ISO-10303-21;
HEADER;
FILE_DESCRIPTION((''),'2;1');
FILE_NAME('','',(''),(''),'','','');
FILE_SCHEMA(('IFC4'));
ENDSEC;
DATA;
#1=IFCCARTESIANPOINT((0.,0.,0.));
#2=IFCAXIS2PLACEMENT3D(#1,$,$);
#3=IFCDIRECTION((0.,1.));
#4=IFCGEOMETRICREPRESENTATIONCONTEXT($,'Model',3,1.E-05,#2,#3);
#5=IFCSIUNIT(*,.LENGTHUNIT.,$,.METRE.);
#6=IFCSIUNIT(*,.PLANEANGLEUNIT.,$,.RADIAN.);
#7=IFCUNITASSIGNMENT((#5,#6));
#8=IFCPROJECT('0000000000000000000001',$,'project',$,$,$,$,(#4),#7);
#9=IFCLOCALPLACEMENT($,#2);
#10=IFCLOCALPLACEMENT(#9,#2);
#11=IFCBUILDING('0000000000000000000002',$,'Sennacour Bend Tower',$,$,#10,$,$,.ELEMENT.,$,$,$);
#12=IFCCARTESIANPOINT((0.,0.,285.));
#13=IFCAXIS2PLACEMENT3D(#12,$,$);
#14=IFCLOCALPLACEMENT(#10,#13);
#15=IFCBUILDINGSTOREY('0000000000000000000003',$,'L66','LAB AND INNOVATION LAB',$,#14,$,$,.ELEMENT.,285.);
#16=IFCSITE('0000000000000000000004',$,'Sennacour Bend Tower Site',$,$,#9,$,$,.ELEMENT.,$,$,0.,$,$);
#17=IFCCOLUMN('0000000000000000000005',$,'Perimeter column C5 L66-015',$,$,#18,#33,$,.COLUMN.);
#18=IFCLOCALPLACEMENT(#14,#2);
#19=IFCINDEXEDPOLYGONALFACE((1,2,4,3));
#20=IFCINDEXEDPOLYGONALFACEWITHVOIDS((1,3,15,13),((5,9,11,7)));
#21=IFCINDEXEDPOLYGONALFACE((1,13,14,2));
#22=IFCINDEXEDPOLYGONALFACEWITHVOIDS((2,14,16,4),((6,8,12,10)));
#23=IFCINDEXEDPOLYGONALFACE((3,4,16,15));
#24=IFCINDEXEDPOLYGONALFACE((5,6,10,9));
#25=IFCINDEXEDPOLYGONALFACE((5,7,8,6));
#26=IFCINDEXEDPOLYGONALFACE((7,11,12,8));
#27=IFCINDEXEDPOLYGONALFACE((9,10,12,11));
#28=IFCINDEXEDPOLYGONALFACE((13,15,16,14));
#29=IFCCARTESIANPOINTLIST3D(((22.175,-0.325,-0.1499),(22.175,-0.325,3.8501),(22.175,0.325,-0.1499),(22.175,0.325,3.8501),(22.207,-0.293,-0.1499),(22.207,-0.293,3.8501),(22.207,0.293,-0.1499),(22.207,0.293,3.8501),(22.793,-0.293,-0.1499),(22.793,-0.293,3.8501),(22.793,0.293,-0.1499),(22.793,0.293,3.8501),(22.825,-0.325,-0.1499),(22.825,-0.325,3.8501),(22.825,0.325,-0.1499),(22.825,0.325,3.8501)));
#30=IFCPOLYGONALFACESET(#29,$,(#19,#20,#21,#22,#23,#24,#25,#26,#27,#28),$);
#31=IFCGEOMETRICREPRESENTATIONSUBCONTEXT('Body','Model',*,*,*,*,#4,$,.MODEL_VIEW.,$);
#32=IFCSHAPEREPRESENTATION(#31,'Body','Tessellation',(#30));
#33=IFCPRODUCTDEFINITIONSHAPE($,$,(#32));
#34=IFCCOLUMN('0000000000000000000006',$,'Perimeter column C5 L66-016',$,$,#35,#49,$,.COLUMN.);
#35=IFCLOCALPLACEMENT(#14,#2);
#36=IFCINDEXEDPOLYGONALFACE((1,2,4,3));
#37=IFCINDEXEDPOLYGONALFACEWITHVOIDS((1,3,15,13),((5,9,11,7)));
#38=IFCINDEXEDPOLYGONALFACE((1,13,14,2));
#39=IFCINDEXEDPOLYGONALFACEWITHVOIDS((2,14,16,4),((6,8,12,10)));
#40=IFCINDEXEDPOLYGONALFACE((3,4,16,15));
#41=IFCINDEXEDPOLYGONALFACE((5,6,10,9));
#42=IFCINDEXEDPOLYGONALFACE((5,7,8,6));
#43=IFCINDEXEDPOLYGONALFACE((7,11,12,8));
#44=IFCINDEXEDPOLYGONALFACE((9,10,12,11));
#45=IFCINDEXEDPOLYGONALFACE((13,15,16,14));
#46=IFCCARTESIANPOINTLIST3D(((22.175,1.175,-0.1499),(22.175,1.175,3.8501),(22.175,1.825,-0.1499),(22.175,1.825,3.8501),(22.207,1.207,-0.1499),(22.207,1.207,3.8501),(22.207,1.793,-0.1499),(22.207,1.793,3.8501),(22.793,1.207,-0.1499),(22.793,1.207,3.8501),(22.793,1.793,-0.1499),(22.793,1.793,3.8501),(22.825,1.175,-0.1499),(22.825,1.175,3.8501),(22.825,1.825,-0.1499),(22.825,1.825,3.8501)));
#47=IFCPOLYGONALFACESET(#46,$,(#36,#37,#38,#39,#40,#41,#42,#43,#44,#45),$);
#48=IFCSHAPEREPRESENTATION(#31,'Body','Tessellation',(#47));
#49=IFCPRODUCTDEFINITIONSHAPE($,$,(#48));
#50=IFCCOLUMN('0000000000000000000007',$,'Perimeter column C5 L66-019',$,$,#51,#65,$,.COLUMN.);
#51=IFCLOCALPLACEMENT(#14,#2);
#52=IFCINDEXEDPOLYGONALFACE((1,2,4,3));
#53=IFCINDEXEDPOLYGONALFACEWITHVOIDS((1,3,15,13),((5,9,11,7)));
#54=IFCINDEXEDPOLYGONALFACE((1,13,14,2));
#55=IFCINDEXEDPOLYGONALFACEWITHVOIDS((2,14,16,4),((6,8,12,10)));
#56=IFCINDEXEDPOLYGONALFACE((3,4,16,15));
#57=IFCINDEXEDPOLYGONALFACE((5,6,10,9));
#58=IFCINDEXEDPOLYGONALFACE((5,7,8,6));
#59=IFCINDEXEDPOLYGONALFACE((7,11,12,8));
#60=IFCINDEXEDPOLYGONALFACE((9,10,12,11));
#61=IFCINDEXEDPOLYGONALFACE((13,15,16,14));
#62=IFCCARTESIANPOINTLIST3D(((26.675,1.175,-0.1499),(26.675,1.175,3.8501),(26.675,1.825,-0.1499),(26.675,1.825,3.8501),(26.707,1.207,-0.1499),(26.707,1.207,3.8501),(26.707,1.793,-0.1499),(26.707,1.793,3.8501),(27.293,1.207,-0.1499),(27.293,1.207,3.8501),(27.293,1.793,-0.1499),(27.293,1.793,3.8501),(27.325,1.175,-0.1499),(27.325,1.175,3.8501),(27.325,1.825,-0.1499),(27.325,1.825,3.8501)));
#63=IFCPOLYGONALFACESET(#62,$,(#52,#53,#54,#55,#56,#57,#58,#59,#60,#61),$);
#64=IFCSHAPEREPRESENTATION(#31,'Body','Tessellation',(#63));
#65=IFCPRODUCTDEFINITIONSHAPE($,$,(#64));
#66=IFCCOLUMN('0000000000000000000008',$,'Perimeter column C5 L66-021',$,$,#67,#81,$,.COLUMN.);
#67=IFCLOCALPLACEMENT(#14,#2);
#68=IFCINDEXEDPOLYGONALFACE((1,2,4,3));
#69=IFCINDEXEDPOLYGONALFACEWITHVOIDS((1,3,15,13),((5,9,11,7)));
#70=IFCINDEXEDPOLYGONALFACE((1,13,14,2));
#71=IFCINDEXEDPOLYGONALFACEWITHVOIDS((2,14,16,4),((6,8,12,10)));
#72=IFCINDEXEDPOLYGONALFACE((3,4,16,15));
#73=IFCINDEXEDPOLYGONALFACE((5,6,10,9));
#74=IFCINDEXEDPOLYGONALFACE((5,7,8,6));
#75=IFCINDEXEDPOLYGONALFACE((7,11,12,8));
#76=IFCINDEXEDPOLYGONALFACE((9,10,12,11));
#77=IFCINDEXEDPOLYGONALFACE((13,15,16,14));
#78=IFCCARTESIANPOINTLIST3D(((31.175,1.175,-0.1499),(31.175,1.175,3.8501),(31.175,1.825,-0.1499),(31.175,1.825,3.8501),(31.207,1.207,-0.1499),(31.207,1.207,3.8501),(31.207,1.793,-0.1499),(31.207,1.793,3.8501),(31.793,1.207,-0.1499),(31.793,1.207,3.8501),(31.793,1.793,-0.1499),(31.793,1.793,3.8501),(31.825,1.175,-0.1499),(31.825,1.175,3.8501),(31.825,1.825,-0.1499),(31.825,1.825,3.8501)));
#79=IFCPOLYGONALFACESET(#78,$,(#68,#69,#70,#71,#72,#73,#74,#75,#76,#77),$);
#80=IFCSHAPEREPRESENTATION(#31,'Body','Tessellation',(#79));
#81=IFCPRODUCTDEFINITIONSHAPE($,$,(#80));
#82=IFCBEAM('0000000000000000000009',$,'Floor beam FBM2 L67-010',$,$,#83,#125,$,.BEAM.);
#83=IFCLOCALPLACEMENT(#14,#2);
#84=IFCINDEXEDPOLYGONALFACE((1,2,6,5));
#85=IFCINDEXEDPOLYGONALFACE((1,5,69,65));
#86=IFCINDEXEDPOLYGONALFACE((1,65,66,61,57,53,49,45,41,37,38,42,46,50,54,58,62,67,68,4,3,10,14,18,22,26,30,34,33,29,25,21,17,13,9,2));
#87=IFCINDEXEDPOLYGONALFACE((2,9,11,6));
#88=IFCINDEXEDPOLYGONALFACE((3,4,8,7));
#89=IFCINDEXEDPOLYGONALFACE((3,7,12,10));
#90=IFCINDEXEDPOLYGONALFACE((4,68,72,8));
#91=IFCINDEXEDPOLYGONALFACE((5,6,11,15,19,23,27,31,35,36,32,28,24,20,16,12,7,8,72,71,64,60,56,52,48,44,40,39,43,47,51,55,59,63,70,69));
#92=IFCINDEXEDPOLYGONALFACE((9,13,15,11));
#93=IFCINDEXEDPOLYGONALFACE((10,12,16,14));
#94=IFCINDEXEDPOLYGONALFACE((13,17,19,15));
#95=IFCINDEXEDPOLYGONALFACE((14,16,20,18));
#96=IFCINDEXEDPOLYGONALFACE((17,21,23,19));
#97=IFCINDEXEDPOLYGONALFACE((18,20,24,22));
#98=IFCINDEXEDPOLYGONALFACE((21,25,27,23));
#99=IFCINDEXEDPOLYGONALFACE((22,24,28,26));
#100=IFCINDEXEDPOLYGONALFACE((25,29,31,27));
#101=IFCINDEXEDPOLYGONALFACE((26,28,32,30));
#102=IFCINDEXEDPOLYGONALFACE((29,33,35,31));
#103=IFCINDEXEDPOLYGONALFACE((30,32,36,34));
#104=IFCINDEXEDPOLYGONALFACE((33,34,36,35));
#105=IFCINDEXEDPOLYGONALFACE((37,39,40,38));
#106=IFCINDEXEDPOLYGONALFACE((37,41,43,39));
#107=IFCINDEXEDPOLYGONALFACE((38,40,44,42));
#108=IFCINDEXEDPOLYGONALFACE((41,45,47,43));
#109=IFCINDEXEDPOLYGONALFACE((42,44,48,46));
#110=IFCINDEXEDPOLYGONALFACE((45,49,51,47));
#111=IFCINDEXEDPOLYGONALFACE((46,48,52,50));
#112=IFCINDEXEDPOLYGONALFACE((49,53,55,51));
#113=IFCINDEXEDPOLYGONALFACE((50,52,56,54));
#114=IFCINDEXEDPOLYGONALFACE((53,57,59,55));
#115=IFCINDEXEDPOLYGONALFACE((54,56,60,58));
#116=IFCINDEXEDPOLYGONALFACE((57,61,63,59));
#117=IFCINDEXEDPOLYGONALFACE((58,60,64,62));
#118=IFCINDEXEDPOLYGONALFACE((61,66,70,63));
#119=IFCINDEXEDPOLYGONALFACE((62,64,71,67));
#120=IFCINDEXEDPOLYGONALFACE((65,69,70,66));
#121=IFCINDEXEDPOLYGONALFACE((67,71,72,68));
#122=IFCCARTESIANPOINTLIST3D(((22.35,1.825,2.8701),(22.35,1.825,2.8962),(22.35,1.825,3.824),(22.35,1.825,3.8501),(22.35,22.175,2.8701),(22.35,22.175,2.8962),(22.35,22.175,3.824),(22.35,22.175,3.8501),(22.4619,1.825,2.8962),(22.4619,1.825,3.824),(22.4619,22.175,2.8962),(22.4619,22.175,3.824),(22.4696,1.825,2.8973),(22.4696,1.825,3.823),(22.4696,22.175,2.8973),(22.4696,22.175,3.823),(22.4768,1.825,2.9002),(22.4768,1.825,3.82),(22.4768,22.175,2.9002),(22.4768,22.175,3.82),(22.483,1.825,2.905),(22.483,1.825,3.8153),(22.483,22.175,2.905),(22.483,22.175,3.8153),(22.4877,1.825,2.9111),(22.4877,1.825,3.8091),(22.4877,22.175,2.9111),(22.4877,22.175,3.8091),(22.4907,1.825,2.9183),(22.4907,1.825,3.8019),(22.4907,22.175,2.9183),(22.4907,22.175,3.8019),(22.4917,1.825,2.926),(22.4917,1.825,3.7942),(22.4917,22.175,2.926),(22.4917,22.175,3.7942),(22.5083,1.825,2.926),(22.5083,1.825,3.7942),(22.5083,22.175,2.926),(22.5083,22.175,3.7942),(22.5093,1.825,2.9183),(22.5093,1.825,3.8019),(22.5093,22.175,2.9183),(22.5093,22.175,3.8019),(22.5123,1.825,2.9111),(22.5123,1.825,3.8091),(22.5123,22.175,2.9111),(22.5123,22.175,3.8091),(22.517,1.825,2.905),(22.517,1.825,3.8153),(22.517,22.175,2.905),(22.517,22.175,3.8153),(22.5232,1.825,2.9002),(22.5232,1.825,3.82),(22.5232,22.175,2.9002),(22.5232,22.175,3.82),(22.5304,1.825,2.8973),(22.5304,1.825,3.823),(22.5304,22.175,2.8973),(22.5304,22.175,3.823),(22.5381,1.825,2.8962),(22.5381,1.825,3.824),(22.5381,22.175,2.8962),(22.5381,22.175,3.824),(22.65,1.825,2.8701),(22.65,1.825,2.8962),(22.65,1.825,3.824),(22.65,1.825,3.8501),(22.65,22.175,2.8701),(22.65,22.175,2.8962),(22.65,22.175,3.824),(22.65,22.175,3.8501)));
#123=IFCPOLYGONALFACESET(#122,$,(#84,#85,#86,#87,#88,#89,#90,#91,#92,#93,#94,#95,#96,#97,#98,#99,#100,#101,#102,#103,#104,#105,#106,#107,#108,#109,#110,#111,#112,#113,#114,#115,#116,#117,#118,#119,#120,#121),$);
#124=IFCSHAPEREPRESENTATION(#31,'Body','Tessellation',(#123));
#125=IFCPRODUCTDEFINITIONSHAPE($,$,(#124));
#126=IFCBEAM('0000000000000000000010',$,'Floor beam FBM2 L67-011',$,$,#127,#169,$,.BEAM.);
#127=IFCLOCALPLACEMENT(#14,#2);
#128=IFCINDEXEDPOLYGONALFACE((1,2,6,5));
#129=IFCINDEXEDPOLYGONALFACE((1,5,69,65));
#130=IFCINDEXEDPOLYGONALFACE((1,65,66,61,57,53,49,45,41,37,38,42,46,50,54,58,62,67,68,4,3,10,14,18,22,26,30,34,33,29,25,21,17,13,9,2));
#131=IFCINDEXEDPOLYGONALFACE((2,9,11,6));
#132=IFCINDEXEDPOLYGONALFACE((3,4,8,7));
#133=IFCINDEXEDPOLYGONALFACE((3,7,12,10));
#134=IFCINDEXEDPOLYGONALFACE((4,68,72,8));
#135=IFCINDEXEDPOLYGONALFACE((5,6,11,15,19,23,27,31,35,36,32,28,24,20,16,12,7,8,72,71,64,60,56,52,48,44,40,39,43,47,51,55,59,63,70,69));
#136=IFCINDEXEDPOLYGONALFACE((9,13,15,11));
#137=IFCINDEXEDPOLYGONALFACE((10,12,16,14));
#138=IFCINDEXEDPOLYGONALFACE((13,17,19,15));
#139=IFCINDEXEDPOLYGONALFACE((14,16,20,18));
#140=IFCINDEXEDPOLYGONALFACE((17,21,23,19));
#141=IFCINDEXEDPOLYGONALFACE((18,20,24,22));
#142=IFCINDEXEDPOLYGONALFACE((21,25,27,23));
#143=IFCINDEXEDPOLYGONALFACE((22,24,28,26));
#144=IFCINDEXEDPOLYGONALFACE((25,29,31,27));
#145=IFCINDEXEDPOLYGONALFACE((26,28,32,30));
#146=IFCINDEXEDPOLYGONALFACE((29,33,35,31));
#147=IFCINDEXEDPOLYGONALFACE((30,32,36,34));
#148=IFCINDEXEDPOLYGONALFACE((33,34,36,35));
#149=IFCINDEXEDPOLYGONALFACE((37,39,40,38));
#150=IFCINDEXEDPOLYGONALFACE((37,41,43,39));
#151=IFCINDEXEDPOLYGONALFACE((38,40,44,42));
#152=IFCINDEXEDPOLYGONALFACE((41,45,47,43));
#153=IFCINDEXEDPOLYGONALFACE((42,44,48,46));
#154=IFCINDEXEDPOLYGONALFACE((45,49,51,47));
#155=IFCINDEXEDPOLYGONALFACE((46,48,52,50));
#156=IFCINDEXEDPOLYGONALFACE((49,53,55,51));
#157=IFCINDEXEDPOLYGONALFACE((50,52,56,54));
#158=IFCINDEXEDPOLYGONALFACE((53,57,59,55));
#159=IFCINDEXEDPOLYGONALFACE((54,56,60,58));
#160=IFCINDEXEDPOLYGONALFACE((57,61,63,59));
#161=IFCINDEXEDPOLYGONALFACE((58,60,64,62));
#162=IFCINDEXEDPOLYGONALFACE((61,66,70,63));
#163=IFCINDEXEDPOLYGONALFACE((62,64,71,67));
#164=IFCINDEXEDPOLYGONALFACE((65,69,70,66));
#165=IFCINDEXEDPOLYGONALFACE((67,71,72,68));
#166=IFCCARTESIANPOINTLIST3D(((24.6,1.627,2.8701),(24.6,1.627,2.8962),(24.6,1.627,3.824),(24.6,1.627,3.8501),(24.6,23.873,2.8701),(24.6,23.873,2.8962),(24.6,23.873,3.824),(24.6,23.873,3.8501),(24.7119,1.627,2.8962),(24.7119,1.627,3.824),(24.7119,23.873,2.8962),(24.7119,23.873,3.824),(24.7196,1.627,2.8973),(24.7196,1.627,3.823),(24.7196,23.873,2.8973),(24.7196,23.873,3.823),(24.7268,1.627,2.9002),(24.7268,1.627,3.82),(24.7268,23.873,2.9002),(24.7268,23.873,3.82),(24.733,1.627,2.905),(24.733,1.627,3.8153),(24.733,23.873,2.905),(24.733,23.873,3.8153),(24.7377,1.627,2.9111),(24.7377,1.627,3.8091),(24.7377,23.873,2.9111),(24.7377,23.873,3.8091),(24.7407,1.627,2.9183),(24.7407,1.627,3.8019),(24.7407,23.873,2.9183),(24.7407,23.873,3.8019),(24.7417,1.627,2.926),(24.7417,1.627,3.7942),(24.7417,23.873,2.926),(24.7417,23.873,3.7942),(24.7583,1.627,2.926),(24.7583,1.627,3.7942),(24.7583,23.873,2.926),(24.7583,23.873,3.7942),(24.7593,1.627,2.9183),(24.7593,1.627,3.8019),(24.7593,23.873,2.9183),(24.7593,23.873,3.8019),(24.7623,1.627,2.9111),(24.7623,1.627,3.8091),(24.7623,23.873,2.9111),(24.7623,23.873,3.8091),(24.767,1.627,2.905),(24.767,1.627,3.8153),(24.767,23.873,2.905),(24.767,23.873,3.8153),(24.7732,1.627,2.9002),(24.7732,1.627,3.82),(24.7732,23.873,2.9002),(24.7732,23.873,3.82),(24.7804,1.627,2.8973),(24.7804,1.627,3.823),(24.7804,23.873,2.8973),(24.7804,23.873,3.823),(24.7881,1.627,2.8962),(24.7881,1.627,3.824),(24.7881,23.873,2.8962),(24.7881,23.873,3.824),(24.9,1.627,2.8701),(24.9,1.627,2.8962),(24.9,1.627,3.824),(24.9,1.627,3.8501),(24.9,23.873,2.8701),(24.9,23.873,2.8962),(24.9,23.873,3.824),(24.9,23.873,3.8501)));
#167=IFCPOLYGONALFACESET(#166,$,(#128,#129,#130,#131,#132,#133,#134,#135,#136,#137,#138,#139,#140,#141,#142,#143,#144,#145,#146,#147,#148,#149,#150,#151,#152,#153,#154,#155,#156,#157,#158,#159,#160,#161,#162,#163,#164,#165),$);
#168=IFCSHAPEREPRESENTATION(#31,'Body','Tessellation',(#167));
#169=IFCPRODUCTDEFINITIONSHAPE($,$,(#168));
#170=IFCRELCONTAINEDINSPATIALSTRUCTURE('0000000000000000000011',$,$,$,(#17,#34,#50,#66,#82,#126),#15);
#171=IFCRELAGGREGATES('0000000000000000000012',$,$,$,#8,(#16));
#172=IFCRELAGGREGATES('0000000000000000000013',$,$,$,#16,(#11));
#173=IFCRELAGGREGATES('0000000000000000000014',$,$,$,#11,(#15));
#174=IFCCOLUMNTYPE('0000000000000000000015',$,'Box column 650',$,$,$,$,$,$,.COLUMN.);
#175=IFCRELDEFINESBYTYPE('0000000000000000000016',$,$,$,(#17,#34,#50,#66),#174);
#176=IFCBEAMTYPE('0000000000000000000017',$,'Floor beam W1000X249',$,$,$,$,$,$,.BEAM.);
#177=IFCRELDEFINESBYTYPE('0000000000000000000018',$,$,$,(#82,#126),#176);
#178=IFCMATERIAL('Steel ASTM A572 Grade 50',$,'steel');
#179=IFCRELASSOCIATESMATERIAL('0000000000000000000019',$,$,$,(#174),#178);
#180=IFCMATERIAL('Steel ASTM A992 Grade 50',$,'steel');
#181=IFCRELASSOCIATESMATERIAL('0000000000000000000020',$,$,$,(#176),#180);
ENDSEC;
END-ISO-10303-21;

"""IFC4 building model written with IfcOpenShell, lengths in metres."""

from ifc_helpers import new_model, si_unit, direction, frame, origin, origin_2d, place, context, subcontext, project, spatial, hollow_rectangle, i_section, extrude, material, material_profile, profile_set, type_object, element, save


model = new_model("IFC4")

# Units and contexts
model_context = context("Model", 3, precision=1e-05, world=origin(), true_north=direction((0.0, 1.0)))
body_context = subcontext(model_context, "Body", "Model", "MODEL_VIEW")
ifc_project = project(units=[si_unit("LENGTHUNIT", "METRE"), si_unit("PLANEANGLEUNIT", "RADIAN")], contexts=[model_context])

# Site, building, storey
site_placement = place(None, origin())
site = spatial("IfcSite", under=ifc_project, at=site_placement, Name="Sennacour Bend Tower Site", CompositionType="ELEMENT", RefElevation=0.0)
building_placement = place(site_placement, origin())
building = spatial("IfcBuilding", under=site, at=building_placement, Name="Sennacour Bend Tower", CompositionType="ELEMENT")
storey_placement = place(building_placement, frame((0.0, 0.0, 285.0)))
storey = spatial("IfcBuildingStorey", under=building, at=storey_placement, Name="L66", Description="LAB AND INNOVATION LAB", CompositionType="ELEMENT", Elevation=285.0)

# Columns
ifc_material_1 = material(Name="Steel ASTM A572 Grade 50", Category="steel")
ifc_material_profile_1 = material_profile(ifc_material_1, hollow_rectangle(XDim=0.6499, YDim=0.6499, WallThickness=0.032, at=origin_2d()), Name="Steel ASTM A572 Grade 50", Category="steel")
ifc_profile_set_1 = profile_set([ifc_material_profile_1], Name="Steel ASTM A572 Grade 50")
column_type = type_object("IfcColumnType", Name="Box column 650", PredefinedType="COLUMN", material=ifc_profile_set_1)
for number, where, z_axis, x_axis, name in (
    (1, (22.5, 0.0, -0.1499), (0.0, 0.0, 1.0), (1.0, 0.0, 0.0), "Perimeter column C5 L66-015"),
    (2, (22.5, 1.5, -0.1499), (0.0, 0.0, 1.0), (1.0, 0.0, 0.0), "Perimeter column C5 L66-016"),
    (3, (27.0, 1.5, -0.1499), (0.0, 0.0, 1.0), (1.0, 0.0, 0.0), "Perimeter column C5 L66-019"),
    (4, (31.5, 1.5, -0.1499), (0.0, 0.0, 1.0), (1.0, 0.0, 0.0), "Perimeter column C5 L66-021"),
):
    element("IfcColumn", number, at=place(storey_placement, frame(where, z_axis=z_axis, x_axis=x_axis)), inside=storey, type_object=column_type, Name=name, PredefinedType="COLUMN", context=body_context, shape_type="SweptSolid", body=[
        extrude(hollow_rectangle(XDim=0.6499, YDim=0.6499, WallThickness=0.032, at=origin_2d()), origin(), (0.0, 0.0, 1.0), 4.0),
    ])

# Beams
ifc_material_2 = material(Name="Steel ASTM A992 Grade 50", Category="steel")
ifc_material_profile_2 = material_profile(ifc_material_2, i_section(OverallWidth=0.3, OverallDepth=0.98, WebThickness=0.0166, FlangeThickness=0.0261, FilletRadius=0.0298, at=origin_2d()), Name="Steel ASTM A992 Grade 50", Category="steel")
ifc_profile_set_2 = profile_set([ifc_material_profile_2], Name="Steel ASTM A992 Grade 50")
beam_type_1 = type_object("IfcBeamType", Name="Floor beam W1000X249", PredefinedType="BEAM", material=ifc_profile_set_2)
beam_1_placement = place(storey_placement, frame((22.5, 1.825, 3.3601), z_axis=(0.0, 1.0, 0.0), x_axis=(-1.0, 0.0, 0.0)))
element("IfcBeam", 5, at=beam_1_placement, inside=storey, type_object=beam_type_1, Name="Floor beam FBM2 L67-010", PredefinedType="BEAM", context=body_context, shape_type="SweptSolid", body=[
    extrude(i_section(OverallWidth=0.3, OverallDepth=0.98, WebThickness=0.0166, FlangeThickness=0.0261, FilletRadius=0.0298, at=origin_2d()), origin(), (0.0, 0.0, 1.0), 20.3501),
])
beam_2_placement = place(storey_placement, frame((24.75, 1.627, 3.3601), z_axis=(0.0, 1.0, 0.0), x_axis=(-1.0, 0.0, 0.0)))
element("IfcBeam", 6, at=beam_2_placement, inside=storey, type_object=beam_type_1, Name="Floor beam FBM2 L67-011", PredefinedType="BEAM", context=body_context, shape_type="SweptSolid", body=[
    extrude(i_section(OverallWidth=0.3, OverallDepth=0.98, WebThickness=0.0166, FlangeThickness=0.0261, FilletRadius=0.0298, at=origin_2d()), origin(), (0.0, 0.0, 1.0), 22.2461),
])

save(model, "model.ifc")
